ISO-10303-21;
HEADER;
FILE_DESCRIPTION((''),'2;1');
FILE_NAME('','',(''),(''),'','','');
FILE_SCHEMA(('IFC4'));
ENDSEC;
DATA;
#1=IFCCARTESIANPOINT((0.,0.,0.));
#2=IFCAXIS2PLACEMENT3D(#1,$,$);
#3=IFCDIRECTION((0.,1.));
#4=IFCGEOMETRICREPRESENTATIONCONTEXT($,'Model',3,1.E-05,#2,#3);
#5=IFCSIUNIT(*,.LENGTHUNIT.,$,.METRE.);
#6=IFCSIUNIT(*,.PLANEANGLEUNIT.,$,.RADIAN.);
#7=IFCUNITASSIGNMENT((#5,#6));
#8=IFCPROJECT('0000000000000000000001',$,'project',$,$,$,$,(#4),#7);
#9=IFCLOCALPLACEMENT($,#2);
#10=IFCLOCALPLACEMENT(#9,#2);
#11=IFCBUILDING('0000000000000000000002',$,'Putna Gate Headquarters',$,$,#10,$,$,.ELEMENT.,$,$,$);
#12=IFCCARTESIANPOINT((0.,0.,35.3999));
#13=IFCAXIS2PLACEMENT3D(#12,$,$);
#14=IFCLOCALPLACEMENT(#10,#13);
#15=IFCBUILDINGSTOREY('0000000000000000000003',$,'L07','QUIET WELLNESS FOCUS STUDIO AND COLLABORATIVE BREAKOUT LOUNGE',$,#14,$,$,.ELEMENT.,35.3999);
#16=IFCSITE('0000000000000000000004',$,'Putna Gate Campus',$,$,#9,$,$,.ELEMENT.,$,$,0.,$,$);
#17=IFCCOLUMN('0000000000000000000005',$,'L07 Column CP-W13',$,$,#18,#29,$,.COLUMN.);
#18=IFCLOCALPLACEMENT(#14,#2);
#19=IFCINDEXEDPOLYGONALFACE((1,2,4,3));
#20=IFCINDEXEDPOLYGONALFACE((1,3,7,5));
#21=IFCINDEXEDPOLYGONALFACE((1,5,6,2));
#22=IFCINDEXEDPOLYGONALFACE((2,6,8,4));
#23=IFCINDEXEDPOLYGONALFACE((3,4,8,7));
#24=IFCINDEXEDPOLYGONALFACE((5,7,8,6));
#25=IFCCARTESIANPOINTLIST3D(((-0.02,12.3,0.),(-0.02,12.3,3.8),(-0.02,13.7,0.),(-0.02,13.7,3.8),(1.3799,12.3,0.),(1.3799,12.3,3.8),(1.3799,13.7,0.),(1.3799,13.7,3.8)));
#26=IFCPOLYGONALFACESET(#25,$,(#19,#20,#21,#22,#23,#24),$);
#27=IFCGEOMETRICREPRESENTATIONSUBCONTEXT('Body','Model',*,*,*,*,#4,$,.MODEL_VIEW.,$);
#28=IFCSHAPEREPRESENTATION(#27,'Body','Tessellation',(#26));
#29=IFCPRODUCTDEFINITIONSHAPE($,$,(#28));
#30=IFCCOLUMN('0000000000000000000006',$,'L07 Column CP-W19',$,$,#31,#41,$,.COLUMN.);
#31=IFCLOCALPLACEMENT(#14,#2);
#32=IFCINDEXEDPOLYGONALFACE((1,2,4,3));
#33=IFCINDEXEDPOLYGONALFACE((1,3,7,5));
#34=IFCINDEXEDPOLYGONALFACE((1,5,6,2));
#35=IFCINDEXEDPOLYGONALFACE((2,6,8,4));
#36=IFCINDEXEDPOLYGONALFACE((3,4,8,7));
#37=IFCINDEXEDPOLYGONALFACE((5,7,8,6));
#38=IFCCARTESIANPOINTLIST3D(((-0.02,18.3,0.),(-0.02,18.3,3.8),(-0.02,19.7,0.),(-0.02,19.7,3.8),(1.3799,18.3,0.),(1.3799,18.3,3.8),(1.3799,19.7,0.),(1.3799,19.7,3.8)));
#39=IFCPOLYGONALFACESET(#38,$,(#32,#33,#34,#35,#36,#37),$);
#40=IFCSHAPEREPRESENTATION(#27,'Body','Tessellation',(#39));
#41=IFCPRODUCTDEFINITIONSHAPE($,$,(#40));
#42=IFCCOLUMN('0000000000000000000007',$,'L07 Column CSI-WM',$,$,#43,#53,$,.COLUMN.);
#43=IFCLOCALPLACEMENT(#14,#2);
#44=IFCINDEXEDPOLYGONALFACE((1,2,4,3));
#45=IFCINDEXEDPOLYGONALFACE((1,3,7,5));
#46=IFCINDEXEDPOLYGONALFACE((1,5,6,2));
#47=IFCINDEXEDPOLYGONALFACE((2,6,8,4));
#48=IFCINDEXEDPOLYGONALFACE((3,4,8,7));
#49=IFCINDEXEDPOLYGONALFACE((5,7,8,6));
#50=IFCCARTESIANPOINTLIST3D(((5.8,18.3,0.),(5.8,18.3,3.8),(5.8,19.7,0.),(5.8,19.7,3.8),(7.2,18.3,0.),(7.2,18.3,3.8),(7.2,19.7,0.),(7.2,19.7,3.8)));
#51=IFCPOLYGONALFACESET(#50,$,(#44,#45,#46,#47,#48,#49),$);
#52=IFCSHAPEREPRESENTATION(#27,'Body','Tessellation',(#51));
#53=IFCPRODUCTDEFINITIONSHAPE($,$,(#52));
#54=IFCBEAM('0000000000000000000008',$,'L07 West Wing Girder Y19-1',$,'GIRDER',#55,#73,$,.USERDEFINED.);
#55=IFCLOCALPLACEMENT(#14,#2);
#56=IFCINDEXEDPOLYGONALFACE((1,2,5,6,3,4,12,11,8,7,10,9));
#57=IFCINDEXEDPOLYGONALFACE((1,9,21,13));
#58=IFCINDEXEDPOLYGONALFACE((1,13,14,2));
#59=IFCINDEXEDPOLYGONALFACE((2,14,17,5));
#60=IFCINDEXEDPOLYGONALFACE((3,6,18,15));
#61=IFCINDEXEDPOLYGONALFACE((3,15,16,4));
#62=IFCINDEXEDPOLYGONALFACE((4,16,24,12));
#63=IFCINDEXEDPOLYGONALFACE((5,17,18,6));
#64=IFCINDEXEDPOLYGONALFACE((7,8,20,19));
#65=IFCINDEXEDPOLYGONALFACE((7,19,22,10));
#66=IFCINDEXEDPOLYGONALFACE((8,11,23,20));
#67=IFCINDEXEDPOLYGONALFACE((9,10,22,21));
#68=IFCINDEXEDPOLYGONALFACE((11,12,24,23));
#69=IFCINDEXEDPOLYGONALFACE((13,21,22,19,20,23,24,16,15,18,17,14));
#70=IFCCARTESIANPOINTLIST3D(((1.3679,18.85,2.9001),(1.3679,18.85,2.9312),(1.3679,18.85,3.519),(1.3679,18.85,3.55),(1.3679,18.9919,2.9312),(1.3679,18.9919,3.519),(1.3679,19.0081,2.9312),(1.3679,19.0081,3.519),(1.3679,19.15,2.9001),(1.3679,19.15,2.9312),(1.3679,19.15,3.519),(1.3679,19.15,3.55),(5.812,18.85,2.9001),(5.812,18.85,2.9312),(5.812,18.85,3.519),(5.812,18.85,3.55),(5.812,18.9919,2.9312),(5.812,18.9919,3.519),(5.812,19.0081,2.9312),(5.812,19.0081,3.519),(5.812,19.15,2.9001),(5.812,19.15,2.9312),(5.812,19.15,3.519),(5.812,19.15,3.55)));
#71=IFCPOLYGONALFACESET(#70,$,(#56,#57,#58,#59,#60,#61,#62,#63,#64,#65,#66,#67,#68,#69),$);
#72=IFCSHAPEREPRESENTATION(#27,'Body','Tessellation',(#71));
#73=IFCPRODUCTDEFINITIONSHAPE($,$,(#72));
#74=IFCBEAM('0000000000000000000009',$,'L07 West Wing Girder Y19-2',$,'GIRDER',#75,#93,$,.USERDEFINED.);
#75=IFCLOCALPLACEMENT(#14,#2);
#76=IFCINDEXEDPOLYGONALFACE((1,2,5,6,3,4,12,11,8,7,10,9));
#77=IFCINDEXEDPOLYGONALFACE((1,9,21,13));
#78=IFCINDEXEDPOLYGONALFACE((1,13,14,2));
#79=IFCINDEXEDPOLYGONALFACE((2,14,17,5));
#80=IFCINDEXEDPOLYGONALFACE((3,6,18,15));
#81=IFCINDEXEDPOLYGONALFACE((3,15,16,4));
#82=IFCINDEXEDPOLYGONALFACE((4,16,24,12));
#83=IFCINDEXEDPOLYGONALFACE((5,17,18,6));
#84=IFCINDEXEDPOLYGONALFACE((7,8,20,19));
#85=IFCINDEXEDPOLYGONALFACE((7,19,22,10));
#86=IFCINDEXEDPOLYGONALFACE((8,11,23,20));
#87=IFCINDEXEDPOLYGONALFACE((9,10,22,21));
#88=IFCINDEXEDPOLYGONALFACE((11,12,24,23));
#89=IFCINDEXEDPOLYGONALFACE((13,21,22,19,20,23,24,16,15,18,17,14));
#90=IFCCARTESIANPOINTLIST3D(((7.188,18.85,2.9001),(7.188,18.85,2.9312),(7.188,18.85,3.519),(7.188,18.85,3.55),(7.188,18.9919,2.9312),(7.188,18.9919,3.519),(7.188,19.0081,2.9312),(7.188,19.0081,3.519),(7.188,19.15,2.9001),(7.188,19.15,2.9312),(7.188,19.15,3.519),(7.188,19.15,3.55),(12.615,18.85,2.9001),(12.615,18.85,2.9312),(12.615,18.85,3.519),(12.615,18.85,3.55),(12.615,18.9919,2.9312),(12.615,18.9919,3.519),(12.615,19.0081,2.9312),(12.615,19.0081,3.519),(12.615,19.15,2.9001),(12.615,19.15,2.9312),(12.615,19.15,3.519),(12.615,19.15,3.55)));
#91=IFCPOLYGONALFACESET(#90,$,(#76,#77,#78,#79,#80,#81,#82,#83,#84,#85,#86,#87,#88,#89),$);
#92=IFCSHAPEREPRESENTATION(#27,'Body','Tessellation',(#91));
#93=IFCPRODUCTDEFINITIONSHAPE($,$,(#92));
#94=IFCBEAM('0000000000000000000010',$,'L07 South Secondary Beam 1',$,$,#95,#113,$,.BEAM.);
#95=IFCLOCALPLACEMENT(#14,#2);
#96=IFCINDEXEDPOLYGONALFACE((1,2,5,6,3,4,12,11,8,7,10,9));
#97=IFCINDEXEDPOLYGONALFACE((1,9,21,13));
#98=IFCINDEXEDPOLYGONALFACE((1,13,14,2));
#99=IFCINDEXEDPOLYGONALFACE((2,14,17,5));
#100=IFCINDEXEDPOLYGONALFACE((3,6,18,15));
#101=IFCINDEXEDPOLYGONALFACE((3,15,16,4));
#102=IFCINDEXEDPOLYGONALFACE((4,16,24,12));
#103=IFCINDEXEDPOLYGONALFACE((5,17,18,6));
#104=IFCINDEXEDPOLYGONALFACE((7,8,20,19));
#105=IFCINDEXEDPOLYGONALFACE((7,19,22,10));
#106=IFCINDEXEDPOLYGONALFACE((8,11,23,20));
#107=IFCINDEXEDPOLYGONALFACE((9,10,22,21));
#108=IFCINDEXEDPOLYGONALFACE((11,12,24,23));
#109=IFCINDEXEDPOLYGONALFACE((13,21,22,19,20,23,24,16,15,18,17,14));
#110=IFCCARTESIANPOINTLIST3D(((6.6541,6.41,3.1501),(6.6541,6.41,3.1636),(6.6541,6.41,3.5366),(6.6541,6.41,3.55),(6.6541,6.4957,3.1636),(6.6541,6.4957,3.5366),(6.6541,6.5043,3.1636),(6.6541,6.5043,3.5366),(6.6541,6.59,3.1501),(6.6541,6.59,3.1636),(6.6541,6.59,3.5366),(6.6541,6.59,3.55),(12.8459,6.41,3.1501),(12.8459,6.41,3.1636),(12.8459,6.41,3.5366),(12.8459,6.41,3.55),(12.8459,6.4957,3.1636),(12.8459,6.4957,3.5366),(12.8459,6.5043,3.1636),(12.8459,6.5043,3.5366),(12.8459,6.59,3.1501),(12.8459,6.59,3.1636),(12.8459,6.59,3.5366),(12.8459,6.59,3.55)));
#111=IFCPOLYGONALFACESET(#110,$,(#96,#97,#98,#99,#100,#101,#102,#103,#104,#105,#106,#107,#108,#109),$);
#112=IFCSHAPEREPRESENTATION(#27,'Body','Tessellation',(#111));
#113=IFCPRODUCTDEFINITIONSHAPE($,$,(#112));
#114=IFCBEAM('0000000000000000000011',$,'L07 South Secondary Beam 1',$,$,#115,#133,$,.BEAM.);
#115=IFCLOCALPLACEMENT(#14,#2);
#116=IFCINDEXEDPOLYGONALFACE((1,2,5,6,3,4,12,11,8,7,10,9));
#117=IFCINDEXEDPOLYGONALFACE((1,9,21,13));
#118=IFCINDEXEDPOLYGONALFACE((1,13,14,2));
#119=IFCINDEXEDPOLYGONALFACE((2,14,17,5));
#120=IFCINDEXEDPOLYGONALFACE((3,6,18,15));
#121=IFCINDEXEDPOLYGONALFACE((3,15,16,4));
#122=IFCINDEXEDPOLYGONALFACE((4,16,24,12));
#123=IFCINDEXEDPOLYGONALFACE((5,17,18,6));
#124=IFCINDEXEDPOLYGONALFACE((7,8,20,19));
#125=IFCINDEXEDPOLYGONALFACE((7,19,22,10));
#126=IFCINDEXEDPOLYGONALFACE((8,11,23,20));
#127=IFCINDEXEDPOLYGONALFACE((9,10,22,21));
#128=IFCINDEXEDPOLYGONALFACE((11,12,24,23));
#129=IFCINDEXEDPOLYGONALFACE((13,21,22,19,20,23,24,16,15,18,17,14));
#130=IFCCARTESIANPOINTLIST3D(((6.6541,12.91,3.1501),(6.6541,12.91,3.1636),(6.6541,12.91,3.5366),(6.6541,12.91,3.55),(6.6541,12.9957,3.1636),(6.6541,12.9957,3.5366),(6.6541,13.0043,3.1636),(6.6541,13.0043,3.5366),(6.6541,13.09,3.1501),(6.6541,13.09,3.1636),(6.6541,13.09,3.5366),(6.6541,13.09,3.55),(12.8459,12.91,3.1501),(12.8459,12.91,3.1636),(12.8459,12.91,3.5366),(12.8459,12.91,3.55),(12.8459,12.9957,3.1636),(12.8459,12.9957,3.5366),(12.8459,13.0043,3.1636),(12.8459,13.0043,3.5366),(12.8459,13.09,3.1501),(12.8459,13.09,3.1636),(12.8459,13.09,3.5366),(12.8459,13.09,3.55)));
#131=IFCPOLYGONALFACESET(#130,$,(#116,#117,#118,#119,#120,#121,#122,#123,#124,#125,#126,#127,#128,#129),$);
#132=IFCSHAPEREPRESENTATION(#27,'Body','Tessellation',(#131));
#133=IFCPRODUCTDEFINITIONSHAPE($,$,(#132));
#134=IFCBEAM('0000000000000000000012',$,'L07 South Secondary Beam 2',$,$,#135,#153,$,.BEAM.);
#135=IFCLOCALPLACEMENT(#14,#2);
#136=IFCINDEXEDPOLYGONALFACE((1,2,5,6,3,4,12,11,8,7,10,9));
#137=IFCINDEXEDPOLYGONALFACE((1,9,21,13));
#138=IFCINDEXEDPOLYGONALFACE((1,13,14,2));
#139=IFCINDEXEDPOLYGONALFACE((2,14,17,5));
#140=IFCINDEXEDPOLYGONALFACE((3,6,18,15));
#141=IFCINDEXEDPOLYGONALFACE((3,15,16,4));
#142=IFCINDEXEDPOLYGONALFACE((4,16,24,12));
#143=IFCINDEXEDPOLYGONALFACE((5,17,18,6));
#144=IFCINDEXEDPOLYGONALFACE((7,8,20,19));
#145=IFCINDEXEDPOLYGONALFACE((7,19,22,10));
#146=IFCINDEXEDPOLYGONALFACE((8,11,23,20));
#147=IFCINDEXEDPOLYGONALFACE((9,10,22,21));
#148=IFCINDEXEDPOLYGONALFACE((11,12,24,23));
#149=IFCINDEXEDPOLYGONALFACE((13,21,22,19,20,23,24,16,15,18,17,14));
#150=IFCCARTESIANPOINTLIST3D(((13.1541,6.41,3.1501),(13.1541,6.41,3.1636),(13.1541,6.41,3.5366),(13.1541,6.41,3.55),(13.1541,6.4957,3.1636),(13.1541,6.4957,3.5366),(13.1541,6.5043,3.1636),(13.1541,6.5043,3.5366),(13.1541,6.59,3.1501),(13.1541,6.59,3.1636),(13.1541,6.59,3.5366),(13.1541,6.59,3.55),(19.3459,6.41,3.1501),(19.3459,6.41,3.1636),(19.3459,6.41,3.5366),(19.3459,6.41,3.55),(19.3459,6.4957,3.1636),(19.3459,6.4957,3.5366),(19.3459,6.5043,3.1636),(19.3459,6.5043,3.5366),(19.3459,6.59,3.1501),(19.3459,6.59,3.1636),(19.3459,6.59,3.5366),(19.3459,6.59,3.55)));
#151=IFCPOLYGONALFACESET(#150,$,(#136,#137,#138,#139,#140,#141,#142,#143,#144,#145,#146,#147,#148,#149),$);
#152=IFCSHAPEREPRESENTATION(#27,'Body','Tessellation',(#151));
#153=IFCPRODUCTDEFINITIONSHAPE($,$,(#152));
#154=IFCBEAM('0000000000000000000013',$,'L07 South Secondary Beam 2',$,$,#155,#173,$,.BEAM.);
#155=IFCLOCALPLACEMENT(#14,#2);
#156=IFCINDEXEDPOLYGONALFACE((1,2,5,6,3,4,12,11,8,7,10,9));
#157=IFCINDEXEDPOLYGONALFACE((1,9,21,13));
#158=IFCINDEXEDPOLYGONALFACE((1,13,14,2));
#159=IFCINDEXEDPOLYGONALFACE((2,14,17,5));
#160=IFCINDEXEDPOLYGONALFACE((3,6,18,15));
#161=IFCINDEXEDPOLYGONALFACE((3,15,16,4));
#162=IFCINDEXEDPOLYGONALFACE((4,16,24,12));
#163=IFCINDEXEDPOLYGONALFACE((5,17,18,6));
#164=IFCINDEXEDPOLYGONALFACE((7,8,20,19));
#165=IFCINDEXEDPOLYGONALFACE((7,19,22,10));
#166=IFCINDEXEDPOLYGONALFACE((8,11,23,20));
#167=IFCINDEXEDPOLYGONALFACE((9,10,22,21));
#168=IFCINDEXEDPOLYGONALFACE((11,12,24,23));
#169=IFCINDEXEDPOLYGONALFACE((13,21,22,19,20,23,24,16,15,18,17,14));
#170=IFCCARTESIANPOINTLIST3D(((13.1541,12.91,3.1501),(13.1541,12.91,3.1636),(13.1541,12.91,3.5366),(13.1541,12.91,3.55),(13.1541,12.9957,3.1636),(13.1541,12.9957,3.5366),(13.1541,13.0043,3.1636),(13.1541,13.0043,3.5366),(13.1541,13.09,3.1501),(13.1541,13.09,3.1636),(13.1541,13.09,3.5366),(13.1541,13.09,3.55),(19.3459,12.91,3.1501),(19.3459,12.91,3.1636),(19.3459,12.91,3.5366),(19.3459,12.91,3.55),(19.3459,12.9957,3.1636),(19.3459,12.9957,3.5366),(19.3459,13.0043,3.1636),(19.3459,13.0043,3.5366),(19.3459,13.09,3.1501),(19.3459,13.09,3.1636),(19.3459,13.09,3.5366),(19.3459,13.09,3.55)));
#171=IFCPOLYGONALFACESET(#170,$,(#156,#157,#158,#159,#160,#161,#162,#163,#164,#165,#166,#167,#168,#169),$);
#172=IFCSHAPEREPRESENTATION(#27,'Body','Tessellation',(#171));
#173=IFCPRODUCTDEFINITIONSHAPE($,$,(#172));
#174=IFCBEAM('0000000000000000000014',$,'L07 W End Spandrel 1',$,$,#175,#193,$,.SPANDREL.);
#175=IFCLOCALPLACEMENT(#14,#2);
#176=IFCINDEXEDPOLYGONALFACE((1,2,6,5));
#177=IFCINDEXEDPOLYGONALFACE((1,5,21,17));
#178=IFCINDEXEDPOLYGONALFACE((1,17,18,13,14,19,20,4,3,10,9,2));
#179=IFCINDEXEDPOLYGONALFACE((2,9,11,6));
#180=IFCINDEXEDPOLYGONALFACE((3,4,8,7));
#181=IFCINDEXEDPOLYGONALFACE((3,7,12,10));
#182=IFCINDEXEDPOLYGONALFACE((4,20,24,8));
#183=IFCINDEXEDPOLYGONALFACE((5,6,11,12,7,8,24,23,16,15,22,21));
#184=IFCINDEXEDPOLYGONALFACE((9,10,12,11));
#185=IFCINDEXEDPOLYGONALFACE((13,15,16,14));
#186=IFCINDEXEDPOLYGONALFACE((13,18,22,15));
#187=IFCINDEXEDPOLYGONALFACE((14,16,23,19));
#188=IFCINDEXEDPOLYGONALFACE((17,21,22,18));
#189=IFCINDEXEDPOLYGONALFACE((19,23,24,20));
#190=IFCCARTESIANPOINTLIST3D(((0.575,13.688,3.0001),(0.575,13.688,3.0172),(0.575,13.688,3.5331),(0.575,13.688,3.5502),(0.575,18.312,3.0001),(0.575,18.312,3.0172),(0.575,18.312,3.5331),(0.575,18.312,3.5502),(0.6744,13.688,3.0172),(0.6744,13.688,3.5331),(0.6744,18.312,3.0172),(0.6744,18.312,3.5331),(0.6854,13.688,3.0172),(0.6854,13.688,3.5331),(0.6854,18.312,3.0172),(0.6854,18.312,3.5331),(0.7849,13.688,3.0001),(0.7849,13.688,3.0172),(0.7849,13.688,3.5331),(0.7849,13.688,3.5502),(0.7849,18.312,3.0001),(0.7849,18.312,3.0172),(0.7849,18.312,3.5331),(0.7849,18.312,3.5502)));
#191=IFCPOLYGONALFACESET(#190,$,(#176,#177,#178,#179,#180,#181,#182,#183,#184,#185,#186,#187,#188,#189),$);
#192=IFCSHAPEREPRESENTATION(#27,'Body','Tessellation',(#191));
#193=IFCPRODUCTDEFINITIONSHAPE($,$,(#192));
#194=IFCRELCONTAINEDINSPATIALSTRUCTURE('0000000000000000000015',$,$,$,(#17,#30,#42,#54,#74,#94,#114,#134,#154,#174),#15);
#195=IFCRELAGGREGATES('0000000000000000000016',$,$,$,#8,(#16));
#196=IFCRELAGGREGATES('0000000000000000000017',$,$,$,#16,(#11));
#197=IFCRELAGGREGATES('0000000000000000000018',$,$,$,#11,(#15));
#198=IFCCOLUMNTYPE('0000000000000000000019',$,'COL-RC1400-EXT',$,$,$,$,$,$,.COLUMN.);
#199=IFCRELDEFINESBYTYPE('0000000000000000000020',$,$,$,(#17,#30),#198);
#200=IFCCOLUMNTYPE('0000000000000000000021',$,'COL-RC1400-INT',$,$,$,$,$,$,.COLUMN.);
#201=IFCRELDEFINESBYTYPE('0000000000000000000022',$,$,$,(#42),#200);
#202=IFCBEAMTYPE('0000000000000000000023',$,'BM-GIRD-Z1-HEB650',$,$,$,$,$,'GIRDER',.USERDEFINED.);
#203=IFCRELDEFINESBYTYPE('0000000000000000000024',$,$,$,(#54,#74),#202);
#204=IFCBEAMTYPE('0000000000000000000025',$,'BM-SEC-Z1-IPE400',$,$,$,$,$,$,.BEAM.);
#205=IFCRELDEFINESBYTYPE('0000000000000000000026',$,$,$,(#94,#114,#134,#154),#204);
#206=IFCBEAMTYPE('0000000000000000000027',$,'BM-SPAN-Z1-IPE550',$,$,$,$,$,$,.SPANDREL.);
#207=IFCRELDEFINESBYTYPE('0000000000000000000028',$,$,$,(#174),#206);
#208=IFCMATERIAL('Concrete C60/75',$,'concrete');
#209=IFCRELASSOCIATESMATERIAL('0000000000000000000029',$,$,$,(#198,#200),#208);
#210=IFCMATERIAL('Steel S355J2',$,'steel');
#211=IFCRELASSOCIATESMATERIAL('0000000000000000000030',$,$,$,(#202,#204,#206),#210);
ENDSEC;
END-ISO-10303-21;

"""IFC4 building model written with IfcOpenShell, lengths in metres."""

from ifc_helpers import new_model, si_unit, direction, frame, origin, origin_2d, place, context, subcontext, project, spatial, rectangle, i_section, extrude, material, material_profile, profile_set, type_object, element, save


model = new_model("IFC4")

# Units and contexts
model_context = context("Model", 3, precision=1e-05, world=origin(), true_north=direction((0.0, 1.0)))
body_context = subcontext(model_context, "Body", "Model", "MODEL_VIEW")
ifc_project = project(units=[si_unit("LENGTHUNIT", "METRE"), si_unit("PLANEANGLEUNIT", "RADIAN")], contexts=[model_context])

# Site, building, storey
site_placement = place(None, origin())
site = spatial("IfcSite", under=ifc_project, at=site_placement, Name="Putna Gate Campus", CompositionType="ELEMENT", RefElevation=0.0)
building_placement = place(site_placement, origin())
building = spatial("IfcBuilding", under=site, at=building_placement, Name="Putna Gate Headquarters", CompositionType="ELEMENT")
storey_placement = place(building_placement, frame((0.0, 0.0, 35.3999)))
storey = spatial("IfcBuildingStorey", under=building, at=storey_placement, Name="L07", Description="QUIET WELLNESS FOCUS STUDIO AND COLLABORATIVE BREAKOUT LOUNGE", CompositionType="ELEMENT", Elevation=35.3999)

# Columns
ifc_material_1 = material(Name="Concrete C60/75", Category="concrete")
ifc_material_profile_1 = material_profile(ifc_material_1, rectangle(XDim=1.3999, YDim=1.3999, at=origin_2d()), Name="Concrete C60/75")
ifc_profile_set_1 = profile_set([ifc_material_profile_1], Name="Concrete C60/75")
column_type_1 = type_object("IfcColumnType", Name="COL-RC1400-EXT", PredefinedType="COLUMN", material=ifc_profile_set_1)
for number, where, z_axis, x_axis, name in (
    (1, (0.6799, 13.0, 0.0), (0.0, 0.0, 1.0), (1.0, 0.0, 0.0), "L07 Column CP-W13"),
    (2, (0.6799, 19.0, 0.0), (0.0, 0.0, 1.0), (1.0, 0.0, 0.0), "L07 Column CP-W19"),
):
    element("IfcColumn", number, at=place(storey_placement, frame(where, z_axis=z_axis, x_axis=x_axis)), inside=storey, type_object=column_type_1, Name=name, PredefinedType="COLUMN", context=body_context, shape_type="SweptSolid", body=[
        extrude(rectangle(XDim=1.3999, YDim=1.3999, at=origin_2d()), origin(), (0.0, 0.0, 1.0), 3.8),
    ])
ifc_material_profile_2 = material_profile(ifc_material_1, rectangle(XDim=1.3999, YDim=1.3999, at=origin_2d()), Name="Concrete C60/75")
ifc_profile_set_2 = profile_set([ifc_material_profile_2], Name="Concrete C60/75")
column_type_2 = type_object("IfcColumnType", Name="COL-RC1400-INT", PredefinedType="COLUMN", material=ifc_profile_set_2)
column_placement = place(storey_placement, frame((6.5, 19.0, 0.0), z_axis=(0.0, 0.0, 1.0), x_axis=(1.0, 0.0, 0.0)))
element("IfcColumn", 3, at=column_placement, inside=storey, type_object=column_type_2, Name="L07 Column CSI-WM", PredefinedType="COLUMN", context=body_context, shape_type="SweptSolid", body=[
    extrude(rectangle(XDim=1.3999, YDim=1.3999, at=origin_2d()), origin(), (0.0, 0.0, 1.0), 3.8),
])

# Beams
ifc_material_2 = material(Name="Steel S355J2", Category="steel")
ifc_material_profile_3 = material_profile(ifc_material_2, i_section(OverallWidth=0.3, OverallDepth=0.6499, WebThickness=0.0161, FlangeThickness=0.031, at=origin_2d()), Name="Steel S355J2")
ifc_profile_set_3 = profile_set([ifc_material_profile_3], Name="Steel S355J2")
beam_type_1 = type_object("IfcBeamType", Name="BM-GIRD-Z1-HEB650", ElementType="GIRDER", PredefinedType="USERDEFINED", material=ifc_profile_set_3)
beam_1_placement = place(storey_placement, frame((1.3679, 19.0, 3.2251), z_axis=(1.0, 0.0, 0.0), x_axis=(0.0, 1.0, 0.0)))
element("IfcBeam", 4, at=beam_1_placement, inside=storey, type_object=beam_type_1, Name="L07 West Wing Girder Y19-1", ObjectType="GIRDER", PredefinedType="USERDEFINED", context=body_context, shape_type="SweptSolid", body=[
    extrude(i_section(OverallWidth=0.3, OverallDepth=0.6499, WebThickness=0.0161, FlangeThickness=0.031, at=origin_2d()), origin(), (0.0, 0.0, 1.0), 4.4441),
])
beam_2_placement = place(storey_placement, frame((7.188, 19.0, 3.2251), z_axis=(1.0, 0.0, 0.0), x_axis=(0.0, 1.0, 0.0)))
element("IfcBeam", 5, at=beam_2_placement, inside=storey, type_object=beam_type_1, Name="L07 West Wing Girder Y19-2", ObjectType="GIRDER", PredefinedType="USERDEFINED", context=body_context, shape_type="SweptSolid", body=[
    extrude(i_section(OverallWidth=0.3, OverallDepth=0.6499, WebThickness=0.0161, FlangeThickness=0.031, at=origin_2d()), origin(), (0.0, 0.0, 1.0), 5.427),
])
ifc_material_profile_4 = material_profile(ifc_material_2, i_section(OverallWidth=0.1799, OverallDepth=0.3999, WebThickness=0.0085, FlangeThickness=0.0134, at=origin_2d()), Name="Steel S355J2")
ifc_profile_set_4 = profile_set([ifc_material_profile_4], Name="Steel S355J2")
beam_type_2 = type_object("IfcBeamType", Name="BM-SEC-Z1-IPE400", PredefinedType="BEAM", material=ifc_profile_set_4)
for number, where, z_axis, x_axis, name in (
    (6, (6.6541, 6.5, 3.3501), (1.0, 0.0, 0.0), (0.0, 1.0, 0.0), "L07 South Secondary Beam 1"),
    (7, (6.6541, 13.0, 3.3501), (1.0, 0.0, 0.0), (0.0, 1.0, 0.0), "L07 South Secondary Beam 1"),
    (8, (13.1541, 6.5, 3.3501), (1.0, 0.0, 0.0), (0.0, 1.0, 0.0), "L07 South Secondary Beam 2"),
    (9, (13.1541, 13.0, 3.3501), (1.0, 0.0, 0.0), (0.0, 1.0, 0.0), "L07 South Secondary Beam 2"),
):
    element("IfcBeam", number, at=place(storey_placement, frame(where, z_axis=z_axis, x_axis=x_axis)), inside=storey, type_object=beam_type_2, Name=name, PredefinedType="BEAM", context=body_context, shape_type="SweptSolid", body=[
        extrude(i_section(OverallWidth=0.1799, OverallDepth=0.3999, WebThickness=0.0085, FlangeThickness=0.0134, at=origin_2d()), origin(), (0.0, 0.0, 1.0), 6.1919),
    ])
ifc_material_profile_5 = material_profile(ifc_material_2, i_section(OverallWidth=0.21, OverallDepth=0.55, WebThickness=0.011, FlangeThickness=0.0171, at=origin_2d()), Name="Steel S355J2")
ifc_profile_set_5 = profile_set([ifc_material_profile_5], Name="Steel S355J2")
beam_type_3 = type_object("IfcBeamType", Name="BM-SPAN-Z1-IPE550", PredefinedType="SPANDREL", material=ifc_profile_set_5)
beam_3_placement = place(storey_placement, frame((0.6799, 13.688, 3.2751), z_axis=(0.0, 1.0, 0.0), x_axis=(-1.0, 0.0, 0.0)))
element("IfcBeam", 10, at=beam_3_placement, inside=storey, type_object=beam_type_3, Name="L07 W End Spandrel 1", PredefinedType="SPANDREL", context=body_context, shape_type="SweptSolid", body=[
    extrude(i_section(OverallWidth=0.21, OverallDepth=0.55, WebThickness=0.011, FlangeThickness=0.0171, at=origin_2d()), origin(), (0.0, 0.0, 1.0), 4.624),
])

save(model, "model.ifc")
